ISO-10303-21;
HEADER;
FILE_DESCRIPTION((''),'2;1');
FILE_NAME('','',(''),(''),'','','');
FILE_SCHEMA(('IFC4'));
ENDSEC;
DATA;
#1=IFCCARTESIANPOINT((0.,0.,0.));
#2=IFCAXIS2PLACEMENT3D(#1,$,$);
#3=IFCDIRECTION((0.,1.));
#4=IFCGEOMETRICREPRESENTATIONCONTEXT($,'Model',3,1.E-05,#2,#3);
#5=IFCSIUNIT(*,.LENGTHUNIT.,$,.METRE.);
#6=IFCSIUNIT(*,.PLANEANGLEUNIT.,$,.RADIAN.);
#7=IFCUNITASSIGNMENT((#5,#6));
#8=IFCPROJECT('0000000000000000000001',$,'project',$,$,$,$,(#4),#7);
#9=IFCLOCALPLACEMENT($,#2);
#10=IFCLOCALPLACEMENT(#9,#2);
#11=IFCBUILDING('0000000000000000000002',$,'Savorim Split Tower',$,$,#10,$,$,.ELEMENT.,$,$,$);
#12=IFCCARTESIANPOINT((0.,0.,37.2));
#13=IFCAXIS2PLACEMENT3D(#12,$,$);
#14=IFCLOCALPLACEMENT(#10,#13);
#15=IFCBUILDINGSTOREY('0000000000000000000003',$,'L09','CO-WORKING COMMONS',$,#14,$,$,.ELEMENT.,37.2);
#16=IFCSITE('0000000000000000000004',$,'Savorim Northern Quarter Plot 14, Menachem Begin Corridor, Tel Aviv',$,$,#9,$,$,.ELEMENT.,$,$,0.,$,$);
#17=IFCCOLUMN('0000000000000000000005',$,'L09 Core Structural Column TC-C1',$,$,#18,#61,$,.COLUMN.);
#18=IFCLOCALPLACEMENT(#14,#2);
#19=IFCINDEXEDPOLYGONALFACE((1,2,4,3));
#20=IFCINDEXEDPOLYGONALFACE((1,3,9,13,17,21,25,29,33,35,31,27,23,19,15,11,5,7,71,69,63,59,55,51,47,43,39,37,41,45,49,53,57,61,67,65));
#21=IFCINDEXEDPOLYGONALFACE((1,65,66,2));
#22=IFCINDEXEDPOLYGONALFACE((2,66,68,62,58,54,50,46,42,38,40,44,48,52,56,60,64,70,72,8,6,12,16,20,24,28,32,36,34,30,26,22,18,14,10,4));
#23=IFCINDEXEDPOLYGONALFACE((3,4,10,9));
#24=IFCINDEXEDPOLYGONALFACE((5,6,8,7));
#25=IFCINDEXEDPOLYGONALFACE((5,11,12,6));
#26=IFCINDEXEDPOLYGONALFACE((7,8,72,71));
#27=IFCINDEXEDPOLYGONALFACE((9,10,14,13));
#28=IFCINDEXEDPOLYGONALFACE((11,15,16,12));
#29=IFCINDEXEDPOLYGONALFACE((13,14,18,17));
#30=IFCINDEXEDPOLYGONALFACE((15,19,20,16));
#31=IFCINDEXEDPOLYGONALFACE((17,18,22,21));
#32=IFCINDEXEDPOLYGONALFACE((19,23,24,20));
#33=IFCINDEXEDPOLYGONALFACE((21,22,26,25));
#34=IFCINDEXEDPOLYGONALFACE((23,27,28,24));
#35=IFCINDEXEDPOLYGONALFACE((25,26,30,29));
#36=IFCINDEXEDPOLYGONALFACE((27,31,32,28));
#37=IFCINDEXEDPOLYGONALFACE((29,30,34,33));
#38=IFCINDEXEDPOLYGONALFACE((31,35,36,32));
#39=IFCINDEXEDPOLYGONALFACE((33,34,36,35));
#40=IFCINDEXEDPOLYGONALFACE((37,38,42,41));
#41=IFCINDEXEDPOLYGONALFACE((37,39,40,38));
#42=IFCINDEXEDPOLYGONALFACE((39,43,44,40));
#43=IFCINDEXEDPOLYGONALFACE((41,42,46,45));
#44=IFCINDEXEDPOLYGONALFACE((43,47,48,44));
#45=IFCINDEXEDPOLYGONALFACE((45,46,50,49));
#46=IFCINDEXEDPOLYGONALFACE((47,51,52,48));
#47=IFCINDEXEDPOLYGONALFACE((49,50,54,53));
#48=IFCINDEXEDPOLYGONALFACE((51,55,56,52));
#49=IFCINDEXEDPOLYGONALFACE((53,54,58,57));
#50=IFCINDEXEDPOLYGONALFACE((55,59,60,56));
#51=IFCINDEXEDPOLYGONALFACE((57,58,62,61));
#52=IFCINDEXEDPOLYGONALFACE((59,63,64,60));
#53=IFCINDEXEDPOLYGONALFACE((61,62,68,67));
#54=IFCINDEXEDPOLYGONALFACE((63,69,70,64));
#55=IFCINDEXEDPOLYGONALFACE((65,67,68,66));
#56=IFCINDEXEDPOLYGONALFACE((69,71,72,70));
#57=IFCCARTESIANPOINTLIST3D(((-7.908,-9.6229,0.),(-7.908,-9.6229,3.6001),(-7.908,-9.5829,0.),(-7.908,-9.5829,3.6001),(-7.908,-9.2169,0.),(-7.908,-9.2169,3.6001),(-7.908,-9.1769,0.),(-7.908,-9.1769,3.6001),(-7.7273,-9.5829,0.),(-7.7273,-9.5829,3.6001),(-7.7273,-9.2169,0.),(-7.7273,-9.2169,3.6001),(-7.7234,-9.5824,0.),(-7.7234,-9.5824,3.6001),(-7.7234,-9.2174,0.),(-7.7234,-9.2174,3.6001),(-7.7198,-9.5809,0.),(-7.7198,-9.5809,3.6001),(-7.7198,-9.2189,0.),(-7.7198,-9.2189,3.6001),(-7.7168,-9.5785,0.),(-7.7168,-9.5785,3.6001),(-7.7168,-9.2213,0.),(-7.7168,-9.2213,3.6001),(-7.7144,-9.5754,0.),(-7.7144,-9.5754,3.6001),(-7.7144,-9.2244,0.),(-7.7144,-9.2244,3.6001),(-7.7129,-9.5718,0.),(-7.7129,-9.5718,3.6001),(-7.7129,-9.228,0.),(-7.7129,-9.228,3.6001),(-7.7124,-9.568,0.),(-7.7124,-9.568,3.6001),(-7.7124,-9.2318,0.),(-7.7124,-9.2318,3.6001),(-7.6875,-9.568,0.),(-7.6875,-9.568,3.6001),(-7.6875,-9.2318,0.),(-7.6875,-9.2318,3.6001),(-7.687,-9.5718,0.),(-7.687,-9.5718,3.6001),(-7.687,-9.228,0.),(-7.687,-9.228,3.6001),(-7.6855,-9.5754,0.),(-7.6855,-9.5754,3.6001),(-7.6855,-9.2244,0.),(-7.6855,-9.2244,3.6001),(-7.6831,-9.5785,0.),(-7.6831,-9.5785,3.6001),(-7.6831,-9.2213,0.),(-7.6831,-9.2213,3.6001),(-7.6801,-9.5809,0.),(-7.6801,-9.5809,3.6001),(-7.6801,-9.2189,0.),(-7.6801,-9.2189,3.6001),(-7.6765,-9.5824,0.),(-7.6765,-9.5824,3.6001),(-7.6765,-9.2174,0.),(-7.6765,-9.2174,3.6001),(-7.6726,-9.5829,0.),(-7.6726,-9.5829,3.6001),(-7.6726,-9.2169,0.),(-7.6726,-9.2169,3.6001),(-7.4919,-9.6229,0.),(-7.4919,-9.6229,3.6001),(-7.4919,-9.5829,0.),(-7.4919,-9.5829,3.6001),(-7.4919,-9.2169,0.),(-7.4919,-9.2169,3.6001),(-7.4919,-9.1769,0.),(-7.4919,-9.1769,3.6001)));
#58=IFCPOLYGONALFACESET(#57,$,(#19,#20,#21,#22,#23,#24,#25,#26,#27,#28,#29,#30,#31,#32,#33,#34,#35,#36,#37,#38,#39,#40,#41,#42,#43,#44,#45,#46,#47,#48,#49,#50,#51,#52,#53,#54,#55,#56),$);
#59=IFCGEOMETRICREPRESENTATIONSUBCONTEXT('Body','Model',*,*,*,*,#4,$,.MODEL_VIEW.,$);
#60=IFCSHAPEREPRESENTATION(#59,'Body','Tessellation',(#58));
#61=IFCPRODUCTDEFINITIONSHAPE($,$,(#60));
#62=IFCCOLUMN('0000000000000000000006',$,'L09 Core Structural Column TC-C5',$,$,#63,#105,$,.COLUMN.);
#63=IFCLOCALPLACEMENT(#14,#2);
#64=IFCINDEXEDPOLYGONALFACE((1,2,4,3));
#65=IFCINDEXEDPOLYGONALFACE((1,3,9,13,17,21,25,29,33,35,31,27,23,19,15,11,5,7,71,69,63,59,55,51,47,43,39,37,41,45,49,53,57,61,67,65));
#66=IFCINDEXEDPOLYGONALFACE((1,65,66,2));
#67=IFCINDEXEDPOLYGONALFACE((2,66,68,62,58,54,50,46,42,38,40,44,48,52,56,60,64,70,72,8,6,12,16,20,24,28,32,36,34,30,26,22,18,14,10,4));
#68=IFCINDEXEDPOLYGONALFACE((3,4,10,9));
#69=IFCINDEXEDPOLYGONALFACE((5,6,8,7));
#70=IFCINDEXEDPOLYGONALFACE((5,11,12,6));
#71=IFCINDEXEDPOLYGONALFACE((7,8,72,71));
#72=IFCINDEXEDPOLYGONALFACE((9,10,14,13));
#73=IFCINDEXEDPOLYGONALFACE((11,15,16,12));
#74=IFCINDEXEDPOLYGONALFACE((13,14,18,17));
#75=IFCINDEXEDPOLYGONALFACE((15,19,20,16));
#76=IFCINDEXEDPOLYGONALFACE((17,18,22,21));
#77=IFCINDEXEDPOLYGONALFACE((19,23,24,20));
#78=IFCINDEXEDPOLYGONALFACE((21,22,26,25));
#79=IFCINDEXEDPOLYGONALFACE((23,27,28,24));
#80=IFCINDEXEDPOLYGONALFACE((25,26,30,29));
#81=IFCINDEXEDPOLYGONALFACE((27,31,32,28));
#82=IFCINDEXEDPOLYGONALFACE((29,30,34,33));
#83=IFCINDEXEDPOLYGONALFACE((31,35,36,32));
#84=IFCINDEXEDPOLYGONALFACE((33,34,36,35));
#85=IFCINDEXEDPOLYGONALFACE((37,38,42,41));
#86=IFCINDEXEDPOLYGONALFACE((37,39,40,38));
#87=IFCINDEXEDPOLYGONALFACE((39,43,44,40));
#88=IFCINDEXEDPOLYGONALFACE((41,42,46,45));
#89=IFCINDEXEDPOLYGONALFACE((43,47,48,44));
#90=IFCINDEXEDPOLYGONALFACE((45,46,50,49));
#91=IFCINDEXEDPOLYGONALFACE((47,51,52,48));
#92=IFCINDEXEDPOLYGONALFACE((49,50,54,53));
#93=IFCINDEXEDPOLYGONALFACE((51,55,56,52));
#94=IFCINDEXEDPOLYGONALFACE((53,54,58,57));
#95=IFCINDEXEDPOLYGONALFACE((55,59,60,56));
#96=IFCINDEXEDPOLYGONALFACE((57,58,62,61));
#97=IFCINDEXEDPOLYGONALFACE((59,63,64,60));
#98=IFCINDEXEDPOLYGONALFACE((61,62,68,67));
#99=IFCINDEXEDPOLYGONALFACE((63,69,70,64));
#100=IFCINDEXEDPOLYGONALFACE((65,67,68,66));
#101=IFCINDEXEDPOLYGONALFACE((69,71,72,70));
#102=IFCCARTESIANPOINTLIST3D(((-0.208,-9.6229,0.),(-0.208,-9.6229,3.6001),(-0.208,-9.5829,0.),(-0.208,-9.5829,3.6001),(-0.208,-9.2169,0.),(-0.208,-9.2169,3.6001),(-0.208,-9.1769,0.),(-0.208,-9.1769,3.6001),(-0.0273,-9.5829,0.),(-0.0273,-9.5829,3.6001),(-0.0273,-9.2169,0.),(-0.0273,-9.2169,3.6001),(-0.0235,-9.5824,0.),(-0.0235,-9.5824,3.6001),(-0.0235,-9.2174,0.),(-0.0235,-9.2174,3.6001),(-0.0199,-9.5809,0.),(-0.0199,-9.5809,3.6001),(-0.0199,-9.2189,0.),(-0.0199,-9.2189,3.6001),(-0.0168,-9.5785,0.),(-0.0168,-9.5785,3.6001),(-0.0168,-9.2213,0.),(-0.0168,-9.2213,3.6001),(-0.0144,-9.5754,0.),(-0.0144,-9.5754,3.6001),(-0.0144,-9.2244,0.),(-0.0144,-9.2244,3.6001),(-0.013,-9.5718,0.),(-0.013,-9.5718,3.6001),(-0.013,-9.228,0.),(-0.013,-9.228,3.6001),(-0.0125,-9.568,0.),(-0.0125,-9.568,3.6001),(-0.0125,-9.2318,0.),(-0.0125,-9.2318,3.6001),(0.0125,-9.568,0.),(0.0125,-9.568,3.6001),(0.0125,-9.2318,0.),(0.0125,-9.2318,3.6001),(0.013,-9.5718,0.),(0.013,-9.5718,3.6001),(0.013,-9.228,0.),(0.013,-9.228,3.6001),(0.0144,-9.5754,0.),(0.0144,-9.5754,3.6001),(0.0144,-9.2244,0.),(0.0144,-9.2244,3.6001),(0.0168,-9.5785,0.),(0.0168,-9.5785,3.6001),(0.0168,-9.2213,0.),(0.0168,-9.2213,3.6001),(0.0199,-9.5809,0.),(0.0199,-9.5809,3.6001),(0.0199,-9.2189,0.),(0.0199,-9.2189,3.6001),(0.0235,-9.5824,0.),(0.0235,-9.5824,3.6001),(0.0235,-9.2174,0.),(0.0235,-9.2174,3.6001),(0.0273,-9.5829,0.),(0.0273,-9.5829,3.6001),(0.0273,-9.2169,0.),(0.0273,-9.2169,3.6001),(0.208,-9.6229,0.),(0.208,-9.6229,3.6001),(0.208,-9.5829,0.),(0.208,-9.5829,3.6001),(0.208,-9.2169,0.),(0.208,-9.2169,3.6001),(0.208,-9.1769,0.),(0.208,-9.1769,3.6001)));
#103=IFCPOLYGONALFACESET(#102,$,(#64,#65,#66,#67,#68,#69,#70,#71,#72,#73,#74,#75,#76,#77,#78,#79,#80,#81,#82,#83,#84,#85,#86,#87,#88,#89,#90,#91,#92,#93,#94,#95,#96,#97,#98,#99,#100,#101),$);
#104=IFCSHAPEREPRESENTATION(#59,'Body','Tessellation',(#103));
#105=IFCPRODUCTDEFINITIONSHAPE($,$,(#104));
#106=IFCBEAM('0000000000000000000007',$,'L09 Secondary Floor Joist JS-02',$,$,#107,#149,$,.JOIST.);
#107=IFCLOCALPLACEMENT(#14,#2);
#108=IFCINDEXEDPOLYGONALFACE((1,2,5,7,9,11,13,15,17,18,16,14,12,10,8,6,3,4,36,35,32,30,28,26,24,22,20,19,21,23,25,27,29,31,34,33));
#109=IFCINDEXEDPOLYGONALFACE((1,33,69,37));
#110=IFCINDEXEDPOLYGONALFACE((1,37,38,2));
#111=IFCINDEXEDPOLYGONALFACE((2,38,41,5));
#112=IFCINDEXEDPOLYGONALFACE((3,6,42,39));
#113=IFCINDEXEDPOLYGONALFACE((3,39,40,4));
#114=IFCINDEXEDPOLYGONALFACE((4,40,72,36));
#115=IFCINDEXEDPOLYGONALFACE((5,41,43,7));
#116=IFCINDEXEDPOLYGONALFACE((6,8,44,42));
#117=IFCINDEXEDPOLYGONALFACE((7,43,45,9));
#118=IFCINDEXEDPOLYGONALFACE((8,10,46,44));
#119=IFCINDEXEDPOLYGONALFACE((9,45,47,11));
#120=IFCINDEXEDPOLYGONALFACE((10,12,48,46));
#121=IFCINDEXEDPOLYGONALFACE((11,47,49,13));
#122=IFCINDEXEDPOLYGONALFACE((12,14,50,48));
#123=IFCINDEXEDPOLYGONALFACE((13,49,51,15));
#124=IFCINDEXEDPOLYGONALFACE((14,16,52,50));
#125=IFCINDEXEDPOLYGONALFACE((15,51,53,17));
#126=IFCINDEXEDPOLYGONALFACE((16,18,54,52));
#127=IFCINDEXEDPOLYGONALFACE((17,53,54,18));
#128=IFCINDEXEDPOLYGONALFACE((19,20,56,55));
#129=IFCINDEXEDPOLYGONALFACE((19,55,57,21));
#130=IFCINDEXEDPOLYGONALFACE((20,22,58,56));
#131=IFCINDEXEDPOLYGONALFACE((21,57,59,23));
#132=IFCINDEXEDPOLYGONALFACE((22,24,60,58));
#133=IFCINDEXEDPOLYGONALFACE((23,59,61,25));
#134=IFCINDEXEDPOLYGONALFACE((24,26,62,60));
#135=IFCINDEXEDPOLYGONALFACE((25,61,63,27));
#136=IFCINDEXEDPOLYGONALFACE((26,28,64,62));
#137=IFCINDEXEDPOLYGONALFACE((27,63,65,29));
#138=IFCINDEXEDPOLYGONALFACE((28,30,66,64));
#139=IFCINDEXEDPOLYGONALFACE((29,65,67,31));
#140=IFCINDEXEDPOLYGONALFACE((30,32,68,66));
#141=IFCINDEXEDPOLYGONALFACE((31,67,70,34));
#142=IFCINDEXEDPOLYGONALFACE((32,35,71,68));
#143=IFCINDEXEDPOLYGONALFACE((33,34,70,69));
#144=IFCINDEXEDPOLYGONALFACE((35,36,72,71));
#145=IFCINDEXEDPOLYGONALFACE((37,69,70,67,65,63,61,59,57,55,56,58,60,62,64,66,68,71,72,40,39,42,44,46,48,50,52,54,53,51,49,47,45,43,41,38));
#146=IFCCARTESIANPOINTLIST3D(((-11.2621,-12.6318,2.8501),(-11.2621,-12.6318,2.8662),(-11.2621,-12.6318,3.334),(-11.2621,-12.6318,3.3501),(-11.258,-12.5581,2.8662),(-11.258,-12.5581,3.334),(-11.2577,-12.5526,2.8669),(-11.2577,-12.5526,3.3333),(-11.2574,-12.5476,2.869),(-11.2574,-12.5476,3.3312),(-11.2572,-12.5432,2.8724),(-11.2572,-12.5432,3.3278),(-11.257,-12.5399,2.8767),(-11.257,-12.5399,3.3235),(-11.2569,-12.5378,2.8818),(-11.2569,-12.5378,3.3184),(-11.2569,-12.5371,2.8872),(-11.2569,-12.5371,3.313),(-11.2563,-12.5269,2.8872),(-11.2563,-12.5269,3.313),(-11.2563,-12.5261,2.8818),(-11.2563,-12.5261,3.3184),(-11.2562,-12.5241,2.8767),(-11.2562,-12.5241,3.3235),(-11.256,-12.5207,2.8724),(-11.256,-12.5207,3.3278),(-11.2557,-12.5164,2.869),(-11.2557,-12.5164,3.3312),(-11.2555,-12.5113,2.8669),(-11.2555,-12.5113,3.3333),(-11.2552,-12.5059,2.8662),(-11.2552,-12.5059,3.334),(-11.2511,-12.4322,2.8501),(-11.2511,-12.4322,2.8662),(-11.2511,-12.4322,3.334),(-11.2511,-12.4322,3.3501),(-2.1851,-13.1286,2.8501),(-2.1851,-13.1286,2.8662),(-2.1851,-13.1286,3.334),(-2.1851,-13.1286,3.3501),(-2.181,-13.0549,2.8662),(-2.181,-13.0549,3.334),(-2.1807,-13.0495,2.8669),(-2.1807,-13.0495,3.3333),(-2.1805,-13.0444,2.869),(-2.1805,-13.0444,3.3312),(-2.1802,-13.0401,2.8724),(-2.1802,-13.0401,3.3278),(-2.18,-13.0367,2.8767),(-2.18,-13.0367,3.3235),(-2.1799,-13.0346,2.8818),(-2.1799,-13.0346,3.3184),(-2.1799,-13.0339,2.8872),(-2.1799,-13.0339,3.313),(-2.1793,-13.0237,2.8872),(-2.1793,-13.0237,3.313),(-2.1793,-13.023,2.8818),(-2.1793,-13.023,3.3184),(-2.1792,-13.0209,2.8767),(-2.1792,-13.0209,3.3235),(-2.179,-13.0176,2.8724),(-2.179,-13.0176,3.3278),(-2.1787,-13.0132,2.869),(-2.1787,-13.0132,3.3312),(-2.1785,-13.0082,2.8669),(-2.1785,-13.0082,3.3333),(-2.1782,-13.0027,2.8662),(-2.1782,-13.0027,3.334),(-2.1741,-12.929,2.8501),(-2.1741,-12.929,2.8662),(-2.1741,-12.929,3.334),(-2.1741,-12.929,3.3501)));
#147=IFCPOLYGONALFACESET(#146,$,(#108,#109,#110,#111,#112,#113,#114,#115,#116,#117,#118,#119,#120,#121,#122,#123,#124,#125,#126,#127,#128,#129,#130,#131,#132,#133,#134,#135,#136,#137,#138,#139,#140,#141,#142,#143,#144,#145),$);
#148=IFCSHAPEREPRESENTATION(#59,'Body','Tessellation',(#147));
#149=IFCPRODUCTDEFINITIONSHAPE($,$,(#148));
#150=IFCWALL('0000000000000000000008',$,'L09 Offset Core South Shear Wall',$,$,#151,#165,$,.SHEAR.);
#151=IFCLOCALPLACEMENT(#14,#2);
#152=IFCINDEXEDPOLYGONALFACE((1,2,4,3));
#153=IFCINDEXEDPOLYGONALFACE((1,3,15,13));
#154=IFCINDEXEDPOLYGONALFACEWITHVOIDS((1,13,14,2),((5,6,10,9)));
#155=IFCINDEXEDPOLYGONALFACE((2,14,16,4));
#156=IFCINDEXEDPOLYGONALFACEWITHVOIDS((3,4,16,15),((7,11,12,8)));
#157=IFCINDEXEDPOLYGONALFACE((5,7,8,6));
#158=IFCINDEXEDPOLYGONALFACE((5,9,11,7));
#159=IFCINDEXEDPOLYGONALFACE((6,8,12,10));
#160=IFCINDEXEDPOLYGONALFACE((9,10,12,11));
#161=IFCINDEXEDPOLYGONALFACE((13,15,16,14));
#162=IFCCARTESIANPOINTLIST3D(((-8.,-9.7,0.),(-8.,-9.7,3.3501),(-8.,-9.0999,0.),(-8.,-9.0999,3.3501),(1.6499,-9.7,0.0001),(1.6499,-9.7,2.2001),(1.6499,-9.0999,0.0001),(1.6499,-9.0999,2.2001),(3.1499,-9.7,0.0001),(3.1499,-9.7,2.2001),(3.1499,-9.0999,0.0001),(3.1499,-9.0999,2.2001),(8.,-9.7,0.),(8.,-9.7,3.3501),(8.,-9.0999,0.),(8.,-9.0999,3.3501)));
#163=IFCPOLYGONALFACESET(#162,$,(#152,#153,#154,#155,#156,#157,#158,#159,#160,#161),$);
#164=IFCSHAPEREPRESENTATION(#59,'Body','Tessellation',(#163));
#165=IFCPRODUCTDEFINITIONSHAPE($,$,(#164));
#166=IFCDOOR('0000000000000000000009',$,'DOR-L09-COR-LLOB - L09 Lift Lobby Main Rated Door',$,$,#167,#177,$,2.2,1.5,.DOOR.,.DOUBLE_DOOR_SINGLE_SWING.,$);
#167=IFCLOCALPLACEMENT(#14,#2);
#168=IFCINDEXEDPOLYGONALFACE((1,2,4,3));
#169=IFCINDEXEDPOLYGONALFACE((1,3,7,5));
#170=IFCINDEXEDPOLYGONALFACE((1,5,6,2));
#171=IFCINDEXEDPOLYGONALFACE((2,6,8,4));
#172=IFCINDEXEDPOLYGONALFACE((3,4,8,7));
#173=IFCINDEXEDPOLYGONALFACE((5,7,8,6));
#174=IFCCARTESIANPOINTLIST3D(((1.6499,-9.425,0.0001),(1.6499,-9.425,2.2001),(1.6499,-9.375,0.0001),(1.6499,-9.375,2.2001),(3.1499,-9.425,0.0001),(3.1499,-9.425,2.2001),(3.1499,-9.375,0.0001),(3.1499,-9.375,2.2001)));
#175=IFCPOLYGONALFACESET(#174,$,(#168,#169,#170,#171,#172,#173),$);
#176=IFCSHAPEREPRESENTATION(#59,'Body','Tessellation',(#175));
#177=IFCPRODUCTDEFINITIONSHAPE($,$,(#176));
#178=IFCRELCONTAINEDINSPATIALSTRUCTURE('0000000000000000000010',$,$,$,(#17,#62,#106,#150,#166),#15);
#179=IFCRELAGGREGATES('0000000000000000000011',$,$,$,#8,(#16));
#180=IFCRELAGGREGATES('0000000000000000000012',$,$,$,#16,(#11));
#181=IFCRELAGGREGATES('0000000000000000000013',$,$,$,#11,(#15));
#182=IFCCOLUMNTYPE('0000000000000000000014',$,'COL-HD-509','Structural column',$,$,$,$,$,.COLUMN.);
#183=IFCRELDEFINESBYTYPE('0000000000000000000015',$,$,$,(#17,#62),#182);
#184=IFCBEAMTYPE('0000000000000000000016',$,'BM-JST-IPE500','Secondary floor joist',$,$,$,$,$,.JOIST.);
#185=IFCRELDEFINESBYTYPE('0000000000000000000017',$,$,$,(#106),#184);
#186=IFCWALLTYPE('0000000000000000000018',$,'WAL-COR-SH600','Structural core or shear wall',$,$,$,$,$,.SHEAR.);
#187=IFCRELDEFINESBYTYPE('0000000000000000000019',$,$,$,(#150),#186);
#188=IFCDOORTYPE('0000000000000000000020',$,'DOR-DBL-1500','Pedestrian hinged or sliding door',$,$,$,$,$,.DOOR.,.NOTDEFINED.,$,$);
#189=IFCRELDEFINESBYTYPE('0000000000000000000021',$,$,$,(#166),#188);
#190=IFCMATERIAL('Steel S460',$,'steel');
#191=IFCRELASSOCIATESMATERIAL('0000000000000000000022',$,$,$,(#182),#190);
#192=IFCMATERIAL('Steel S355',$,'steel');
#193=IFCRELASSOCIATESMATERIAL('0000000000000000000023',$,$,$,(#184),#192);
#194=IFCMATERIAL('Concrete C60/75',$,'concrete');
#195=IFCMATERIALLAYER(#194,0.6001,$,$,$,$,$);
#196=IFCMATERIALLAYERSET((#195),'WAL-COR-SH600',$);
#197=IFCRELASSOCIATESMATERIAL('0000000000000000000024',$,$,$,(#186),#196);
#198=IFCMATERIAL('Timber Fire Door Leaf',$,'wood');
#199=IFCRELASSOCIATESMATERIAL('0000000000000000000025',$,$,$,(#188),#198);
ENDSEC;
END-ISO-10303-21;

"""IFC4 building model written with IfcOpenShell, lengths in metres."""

from ifc_helpers import new_model, si_unit, direction, frame, frame_2d, origin, origin_2d, place, context, subcontext, project, spatial, rectangle, i_section, extrude, material, layer, layer_set, material_profile, profile_set, type_object, element, fill, save


model = new_model("IFC4")

# Units and contexts
model_context = context("Model", 3, precision=1e-05, world=origin(), true_north=direction((0.0, 1.0)))
body_context = subcontext(model_context, "Body", "Model", "MODEL_VIEW")
ifc_project = project(units=[si_unit("LENGTHUNIT", "METRE"), si_unit("PLANEANGLEUNIT", "RADIAN")], contexts=[model_context])

# Site, building, storey
site_placement = place(None, origin())
site = spatial("IfcSite", under=ifc_project, at=site_placement, Name="Savorim Northern Quarter Plot 14, Menachem Begin Corridor, Tel Aviv", CompositionType="ELEMENT", RefElevation=0.0)
building_placement = place(site_placement, origin())
building = spatial("IfcBuilding", under=site, at=building_placement, Name="Savorim Split Tower", CompositionType="ELEMENT")
storey_placement = place(building_placement, frame((0.0, 0.0, 37.2)))
storey = spatial("IfcBuildingStorey", under=building, at=storey_placement, Name="L09", Description="CO-WORKING COMMONS", CompositionType="ELEMENT", Elevation=37.2)

# Columns
ifc_material_1 = material(Name="Steel S460", Category="steel")
ifc_material_profile_1 = material_profile(ifc_material_1, i_section(OverallWidth=0.416, OverallDepth=0.446, WebThickness=0.0249, FlangeThickness=0.04, FilletRadius=0.0149, at=origin_2d()), Name="HD 400x509")
ifc_profile_set_1 = profile_set([ifc_material_profile_1], Name="Steel S460")
column_type = type_object("IfcColumnType", Name="COL-HD-509", Description="Structural column", PredefinedType="COLUMN", material=ifc_profile_set_1)
for number, where, z_axis, x_axis, name in (
    (1, (-7.7, -9.3999, 0.0), (0.0, 0.0, 1.0), (1.0, 0.0, 0.0), "L09 Core Structural Column TC-C1"),
    (2, (0.0, -9.3999, 0.0), (0.0, 0.0, 1.0), (1.0, 0.0, 0.0), "L09 Core Structural Column TC-C5"),
):
    element("IfcColumn", number, at=place(storey_placement, frame(where, z_axis=z_axis, x_axis=x_axis)), inside=storey, type_object=column_type, Name=name, PredefinedType="COLUMN", context=body_context, shape_type="SweptSolid", body=[
        extrude(i_section(OverallWidth=0.416, OverallDepth=0.446, WebThickness=0.0249, FlangeThickness=0.04, FilletRadius=0.0149, at=origin_2d()), origin(), (0.0, 0.0, 1.0), 3.6001),
    ])

# Beam
ifc_material_2 = material(Name="Steel S355", Category="steel")
ifc_material_profile_2 = material_profile(ifc_material_2, i_section(OverallWidth=0.2, OverallDepth=0.5, WebThickness=0.0103, FlangeThickness=0.0161, FilletRadius=0.021, at=origin_2d()), Name="IPE 500")
ifc_profile_set_2 = profile_set([ifc_material_profile_2], Name="Steel S355")
beam_type = type_object("IfcBeamType", Name="BM-JST-IPE500", Description="Secondary floor joist", PredefinedType="JOIST", material=ifc_profile_set_2)
beam_placement = place(storey_placement, frame((-11.2566, -12.532, 3.1001), z_axis=(0.998505, -0.054653, 0.0), x_axis=(0.054653, 0.998505, 0.0)))
element("IfcBeam", 3, at=beam_placement, inside=storey, type_object=beam_type, Name="L09 Secondary Floor Joist JS-02", PredefinedType="JOIST", context=body_context, shape_type="SweptSolid", body=[
    extrude(i_section(OverallWidth=0.2, OverallDepth=0.5, WebThickness=0.0103, FlangeThickness=0.0161, FilletRadius=0.021, at=origin_2d()), origin(), (0.0, 0.0, 1.0), 9.0906),
])

# Wall, opening, door
ifc_material_3 = material(Name="Concrete C60/75", Category="concrete")
ifc_layer_1 = layer(ifc_material_3, 0.6001)
ifc_layer_set_1 = layer_set([ifc_layer_1], Name="WAL-COR-SH600")
wall_type_1 = type_object("IfcWallType", Name="WAL-COR-SH600", Description="Structural core or shear wall", PredefinedType="SHEAR", material=ifc_layer_set_1)
wall_1_placement = place(storey_placement, frame((-8.0, -9.3999, 0.0), z_axis=(0.0, 0.0, 1.0), x_axis=(1.0, 0.0, 0.0)))
wall_1 = element("IfcWall", 4, at=wall_1_placement, inside=storey, type_object=wall_type_1, Name="L09 Offset Core South Shear Wall", PredefinedType="SHEAR", context=body_context, shape_type="SweptSolid", body=[
    extrude(rectangle(XDim=16.0, YDim=0.6001, at=frame_2d((8.0, 0.0))), origin(), (0.0, 0.0, 1.0), 3.3501),
])
opening_1_placement = place(wall_1_placement, frame((9.6499, 0.0, 0.0)))
opening_1 = element("IfcOpeningElement", 5, at=opening_1_placement, cuts=wall_1, PredefinedType="OPENING", context=body_context, shape_type="SweptSolid", body=[
    extrude(rectangle(XDim=1.5, YDim=2.2, at=frame_2d((0.75, 1.1001))), frame((0.0, 0.3101, 0.0), z_axis=(0.0, -1.0, 0.0), x_axis=(1.0, 0.0, 0.0)), (0.0, 0.0, 1.0), 0.6201),
])
ifc_material_4 = material(Name="Timber Fire Door Leaf", Category="wood")
door_type_1 = type_object("IfcDoorType", Name="DOR-DBL-1500", Description="Pedestrian hinged or sliding door", OperationType="NOTDEFINED", PredefinedType="DOOR", material=ifc_material_4)
door_1_placement = place(opening_1_placement, origin())
door_1 = element("IfcDoor", 6, at=door_1_placement, inside=storey, type_object=door_type_1, Name="DOR-L09-COR-LLOB - L09 Lift Lobby Main Rated Door", OperationType="DOUBLE_DOOR_SINGLE_SWING", OverallHeight=2.2, OverallWidth=1.5, PredefinedType="DOOR", context=body_context, shape_type="SweptSolid", body=[
    extrude(rectangle(XDim=1.5, YDim=2.2, at=frame_2d((0.75, 1.1001))), frame((0.0, 0.0249, 0.0), z_axis=(0.0, -1.0, 0.0), x_axis=(1.0, 0.0, 0.0)), (0.0, 0.0, 1.0), 0.05),
])
fill(opening_1, door_1)

save(model, "model.ifc")
